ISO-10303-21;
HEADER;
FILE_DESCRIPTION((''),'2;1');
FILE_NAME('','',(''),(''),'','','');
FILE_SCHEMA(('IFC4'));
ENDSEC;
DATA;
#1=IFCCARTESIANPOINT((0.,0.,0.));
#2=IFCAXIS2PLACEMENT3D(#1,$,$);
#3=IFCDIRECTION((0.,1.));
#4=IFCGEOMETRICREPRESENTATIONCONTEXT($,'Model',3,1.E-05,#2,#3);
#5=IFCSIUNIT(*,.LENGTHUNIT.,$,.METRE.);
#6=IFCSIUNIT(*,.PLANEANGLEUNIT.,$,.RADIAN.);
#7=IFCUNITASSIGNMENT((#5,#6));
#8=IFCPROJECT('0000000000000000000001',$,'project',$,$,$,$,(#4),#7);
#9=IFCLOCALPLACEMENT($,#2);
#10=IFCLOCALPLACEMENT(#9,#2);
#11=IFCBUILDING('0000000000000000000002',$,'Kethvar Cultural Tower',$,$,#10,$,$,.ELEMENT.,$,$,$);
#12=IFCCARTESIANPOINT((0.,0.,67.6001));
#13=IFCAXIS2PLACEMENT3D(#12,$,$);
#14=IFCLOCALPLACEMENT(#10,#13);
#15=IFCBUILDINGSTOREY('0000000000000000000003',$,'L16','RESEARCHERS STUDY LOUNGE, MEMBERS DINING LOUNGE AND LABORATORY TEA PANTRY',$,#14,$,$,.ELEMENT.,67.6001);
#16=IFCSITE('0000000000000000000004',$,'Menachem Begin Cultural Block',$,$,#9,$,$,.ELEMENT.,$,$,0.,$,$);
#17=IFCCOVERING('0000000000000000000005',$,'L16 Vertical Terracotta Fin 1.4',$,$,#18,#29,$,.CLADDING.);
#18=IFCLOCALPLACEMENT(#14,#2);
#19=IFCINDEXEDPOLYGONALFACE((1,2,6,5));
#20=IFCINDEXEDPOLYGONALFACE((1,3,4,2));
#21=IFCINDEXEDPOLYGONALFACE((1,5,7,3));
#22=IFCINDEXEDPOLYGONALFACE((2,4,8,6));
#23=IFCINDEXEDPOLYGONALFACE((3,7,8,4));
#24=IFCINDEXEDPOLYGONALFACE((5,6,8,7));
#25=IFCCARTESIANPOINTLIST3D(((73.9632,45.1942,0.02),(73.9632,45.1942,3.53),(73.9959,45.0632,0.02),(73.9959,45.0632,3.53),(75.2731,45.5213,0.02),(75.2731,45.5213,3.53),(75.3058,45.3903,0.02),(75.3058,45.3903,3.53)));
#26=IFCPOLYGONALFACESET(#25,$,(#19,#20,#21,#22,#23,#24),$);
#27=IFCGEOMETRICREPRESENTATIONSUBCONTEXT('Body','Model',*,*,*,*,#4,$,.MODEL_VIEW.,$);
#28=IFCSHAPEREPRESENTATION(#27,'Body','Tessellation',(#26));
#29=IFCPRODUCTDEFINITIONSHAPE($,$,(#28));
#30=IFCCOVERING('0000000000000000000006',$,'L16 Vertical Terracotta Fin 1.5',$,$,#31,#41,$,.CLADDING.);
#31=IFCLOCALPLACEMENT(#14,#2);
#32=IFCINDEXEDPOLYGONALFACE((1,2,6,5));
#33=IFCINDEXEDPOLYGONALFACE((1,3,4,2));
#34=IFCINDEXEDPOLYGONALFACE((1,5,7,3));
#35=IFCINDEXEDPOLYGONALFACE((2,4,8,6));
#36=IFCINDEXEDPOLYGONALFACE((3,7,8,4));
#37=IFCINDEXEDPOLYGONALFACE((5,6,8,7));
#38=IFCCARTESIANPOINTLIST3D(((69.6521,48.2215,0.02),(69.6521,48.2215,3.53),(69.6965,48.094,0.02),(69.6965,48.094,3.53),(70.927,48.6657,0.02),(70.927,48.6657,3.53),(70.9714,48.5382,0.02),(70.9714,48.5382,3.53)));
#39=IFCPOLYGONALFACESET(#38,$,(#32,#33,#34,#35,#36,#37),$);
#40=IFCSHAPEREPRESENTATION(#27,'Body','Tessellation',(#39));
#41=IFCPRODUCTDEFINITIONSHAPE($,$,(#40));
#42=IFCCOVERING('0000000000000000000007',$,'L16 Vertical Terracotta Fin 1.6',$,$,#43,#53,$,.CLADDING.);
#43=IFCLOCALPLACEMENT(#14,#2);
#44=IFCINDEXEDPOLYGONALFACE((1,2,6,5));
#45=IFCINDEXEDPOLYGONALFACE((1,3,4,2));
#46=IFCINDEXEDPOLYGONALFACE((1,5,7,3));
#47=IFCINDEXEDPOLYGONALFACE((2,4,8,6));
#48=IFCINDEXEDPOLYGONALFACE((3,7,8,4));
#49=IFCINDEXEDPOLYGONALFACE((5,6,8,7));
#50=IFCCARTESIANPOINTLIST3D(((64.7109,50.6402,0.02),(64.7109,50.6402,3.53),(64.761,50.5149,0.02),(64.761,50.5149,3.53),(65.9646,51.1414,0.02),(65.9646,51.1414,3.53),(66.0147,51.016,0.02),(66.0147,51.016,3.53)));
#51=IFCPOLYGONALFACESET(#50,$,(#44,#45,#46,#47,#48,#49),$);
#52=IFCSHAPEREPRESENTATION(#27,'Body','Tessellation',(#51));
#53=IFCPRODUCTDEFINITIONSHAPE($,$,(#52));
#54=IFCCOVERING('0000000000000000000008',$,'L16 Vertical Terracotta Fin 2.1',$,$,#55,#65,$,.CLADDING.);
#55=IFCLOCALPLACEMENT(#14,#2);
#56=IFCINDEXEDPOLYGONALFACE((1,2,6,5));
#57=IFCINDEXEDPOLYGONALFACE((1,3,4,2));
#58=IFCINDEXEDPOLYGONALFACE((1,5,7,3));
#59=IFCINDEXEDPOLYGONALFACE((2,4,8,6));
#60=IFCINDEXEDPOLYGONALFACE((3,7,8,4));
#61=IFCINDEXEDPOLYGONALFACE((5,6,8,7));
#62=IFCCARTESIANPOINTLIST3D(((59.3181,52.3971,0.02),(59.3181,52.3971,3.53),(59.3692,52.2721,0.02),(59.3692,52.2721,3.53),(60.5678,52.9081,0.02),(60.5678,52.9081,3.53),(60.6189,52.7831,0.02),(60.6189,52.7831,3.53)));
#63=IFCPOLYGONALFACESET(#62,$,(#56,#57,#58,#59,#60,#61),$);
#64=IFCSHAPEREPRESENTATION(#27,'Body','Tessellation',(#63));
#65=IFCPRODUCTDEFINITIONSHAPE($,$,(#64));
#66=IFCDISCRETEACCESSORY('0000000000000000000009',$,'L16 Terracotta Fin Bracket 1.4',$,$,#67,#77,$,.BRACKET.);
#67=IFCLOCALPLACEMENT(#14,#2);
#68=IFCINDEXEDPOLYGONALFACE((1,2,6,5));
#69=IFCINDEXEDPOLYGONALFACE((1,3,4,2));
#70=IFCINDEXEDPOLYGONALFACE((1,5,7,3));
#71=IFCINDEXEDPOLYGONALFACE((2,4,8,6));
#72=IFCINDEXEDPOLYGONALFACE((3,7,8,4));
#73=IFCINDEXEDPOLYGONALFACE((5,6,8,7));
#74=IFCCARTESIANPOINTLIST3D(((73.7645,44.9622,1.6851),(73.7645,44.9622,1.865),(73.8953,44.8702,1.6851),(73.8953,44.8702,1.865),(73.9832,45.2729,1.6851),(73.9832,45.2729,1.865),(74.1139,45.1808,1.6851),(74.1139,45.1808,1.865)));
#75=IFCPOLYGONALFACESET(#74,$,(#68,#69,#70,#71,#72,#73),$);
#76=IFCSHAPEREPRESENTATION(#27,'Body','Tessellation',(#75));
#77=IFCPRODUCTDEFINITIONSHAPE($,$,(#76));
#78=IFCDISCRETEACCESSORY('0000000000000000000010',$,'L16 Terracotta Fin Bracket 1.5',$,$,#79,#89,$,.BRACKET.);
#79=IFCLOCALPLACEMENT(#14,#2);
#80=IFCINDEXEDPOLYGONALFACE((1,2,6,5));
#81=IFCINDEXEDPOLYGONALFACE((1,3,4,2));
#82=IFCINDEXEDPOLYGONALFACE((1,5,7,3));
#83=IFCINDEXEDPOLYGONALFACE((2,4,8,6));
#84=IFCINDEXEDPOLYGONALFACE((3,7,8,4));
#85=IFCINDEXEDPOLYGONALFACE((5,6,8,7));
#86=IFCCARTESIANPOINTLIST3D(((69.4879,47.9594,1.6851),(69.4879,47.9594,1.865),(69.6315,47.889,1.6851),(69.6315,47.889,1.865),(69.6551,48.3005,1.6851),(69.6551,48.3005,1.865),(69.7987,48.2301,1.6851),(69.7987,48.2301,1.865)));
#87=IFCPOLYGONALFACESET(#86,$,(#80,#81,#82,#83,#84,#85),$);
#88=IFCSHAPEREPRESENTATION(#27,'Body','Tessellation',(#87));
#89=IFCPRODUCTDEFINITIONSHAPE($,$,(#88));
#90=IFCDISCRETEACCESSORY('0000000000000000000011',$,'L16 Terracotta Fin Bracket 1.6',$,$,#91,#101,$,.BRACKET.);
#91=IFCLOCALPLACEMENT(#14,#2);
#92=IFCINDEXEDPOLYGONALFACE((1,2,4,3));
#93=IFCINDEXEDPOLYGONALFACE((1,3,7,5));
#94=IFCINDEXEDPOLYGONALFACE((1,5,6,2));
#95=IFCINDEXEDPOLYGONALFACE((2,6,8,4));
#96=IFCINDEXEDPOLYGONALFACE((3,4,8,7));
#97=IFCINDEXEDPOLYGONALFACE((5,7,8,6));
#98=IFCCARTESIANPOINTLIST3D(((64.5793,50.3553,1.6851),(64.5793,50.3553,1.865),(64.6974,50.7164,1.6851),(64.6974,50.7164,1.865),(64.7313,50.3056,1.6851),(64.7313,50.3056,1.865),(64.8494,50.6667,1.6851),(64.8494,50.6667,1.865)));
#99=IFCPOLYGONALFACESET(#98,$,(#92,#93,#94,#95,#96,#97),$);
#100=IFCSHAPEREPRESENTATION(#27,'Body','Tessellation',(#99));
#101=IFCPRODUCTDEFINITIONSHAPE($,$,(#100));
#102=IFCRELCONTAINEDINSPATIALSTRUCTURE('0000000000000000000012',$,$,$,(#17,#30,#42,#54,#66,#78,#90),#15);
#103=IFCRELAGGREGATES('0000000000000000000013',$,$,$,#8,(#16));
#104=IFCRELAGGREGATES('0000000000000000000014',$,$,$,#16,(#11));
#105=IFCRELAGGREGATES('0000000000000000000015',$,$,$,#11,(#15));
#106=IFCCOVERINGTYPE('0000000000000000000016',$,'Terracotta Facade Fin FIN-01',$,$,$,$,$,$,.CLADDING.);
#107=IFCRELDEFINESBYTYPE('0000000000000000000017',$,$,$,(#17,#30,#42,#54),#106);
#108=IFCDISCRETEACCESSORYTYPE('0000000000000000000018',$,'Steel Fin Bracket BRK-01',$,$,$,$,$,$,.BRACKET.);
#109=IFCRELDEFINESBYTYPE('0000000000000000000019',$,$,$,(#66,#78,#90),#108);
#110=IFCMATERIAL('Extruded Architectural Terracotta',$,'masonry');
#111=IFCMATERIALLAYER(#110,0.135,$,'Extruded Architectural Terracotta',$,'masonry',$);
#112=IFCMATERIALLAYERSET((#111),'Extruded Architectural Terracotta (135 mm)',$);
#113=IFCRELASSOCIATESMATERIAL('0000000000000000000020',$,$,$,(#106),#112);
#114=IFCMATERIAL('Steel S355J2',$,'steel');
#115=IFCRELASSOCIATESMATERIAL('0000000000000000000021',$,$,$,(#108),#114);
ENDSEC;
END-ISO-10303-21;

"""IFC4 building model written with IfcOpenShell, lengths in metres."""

from ifc_helpers import new_model, si_unit, direction, frame, origin, origin_2d, place, context, subcontext, project, spatial, rectangle, extrude, source, transform, mapped, material, layer, layer_set, type_object, element, save


model = new_model("IFC4")

# Units and contexts
model_context = context("Model", 3, precision=1e-05, world=origin(), true_north=direction((0.0, 1.0)))
body_context = subcontext(model_context, "Body", "Model", "MODEL_VIEW")
ifc_project = project(units=[si_unit("LENGTHUNIT", "METRE"), si_unit("PLANEANGLEUNIT", "RADIAN")], contexts=[model_context])

# Site, building, storey
site_placement = place(None, origin())
site = spatial("IfcSite", under=ifc_project, at=site_placement, Name="Menachem Begin Cultural Block", CompositionType="ELEMENT", RefElevation=0.0)
building_placement = place(site_placement, origin())
building = spatial("IfcBuilding", under=site, at=building_placement, Name="Kethvar Cultural Tower", CompositionType="ELEMENT")
storey_placement = place(building_placement, frame((0.0, 0.0, 67.6001)))
storey = spatial("IfcBuildingStorey", under=building, at=storey_placement, Name="L16", Description="RESEARCHERS STUDY LOUNGE, MEMBERS DINING LOUNGE AND LABORATORY TEA PANTRY", CompositionType="ELEMENT", Elevation=67.6001)

# Shared definitions
ifc_material_1 = material(Name="Steel S355J2", Category="steel")

# Coverings
ifc_material_2 = material(Name="Extruded Architectural Terracotta", Category="masonry")
ifc_layer_1 = layer(ifc_material_2, 0.135, Name="Extruded Architectural Terracotta", Category="masonry")
ifc_layer_set_1 = layer_set([ifc_layer_1], Name="Extruded Architectural Terracotta (135 mm)")
covering_type = type_object("IfcCoveringType", Name="Terracotta Facade Fin FIN-01", PredefinedType="CLADDING", material=ifc_layer_set_1)
shared_shape_1 = source(origin(), body_context, "Body", "SweptSolid", [
    extrude(rectangle(XDim=1.3501, YDim=0.135, at=origin_2d()), origin(), (0.0, 0.0, 1.0), 3.51),
])
for number, where, z_axis, x_axis, name in (
    (1, (74.6345, 45.2922, 0.02), (0.0, 0.0, 1.0), (0.970211, 0.242261, 0.0), "L16 Vertical Terracotta Fin 1.4"),
    (2, (70.3118, 48.3799, 0.02), (0.0, 0.0, 1.0), (0.944319, 0.329031, 0.0), "L16 Vertical Terracotta Fin 1.5"),
    (3, (65.3628, 50.8281, 0.02), (0.0, 0.0, 1.0), (0.928551, 0.371206, 0.0), "L16 Vertical Terracotta Fin 1.6"),
    (4, (59.9685, 52.5901, 0.02), (0.0, 0.0, 1.0), (0.925607, 0.378487, 0.0), "L16 Vertical Terracotta Fin 2.1"),
):
    element("IfcCovering", number, at=place(storey_placement, frame(where, z_axis=z_axis, x_axis=x_axis)), inside=storey, type_object=covering_type, Name=name, PredefinedType="CLADDING", context=body_context, shape_type="MappedRepresentation", body=[
        mapped(shared_shape_1, transform((0.0, 0.0, 0.0), scale=1.0)),
    ])

# Discrete accessories
discrete_accessory_type = type_object("IfcDiscreteAccessoryType", Name="Steel Fin Bracket BRK-01", PredefinedType="BRACKET", material=ifc_material_1)
shared_shape_2 = source(origin(), body_context, "Body", "SweptSolid", [
    extrude(rectangle(XDim=0.3799, YDim=0.1599, at=origin_2d()), origin(), (0.0, 0.0, 1.0), 0.1799),
])
for number, where, z_axis, x_axis, name in (
    (5, (73.9392, 45.0715, 1.6851), (0.0, 0.0, 1.0), (0.575576, 0.817748, 0.0), "L16 Terracotta Fin Bracket 1.4"),
    (6, (69.6433, 48.0947, 1.6851), (0.0, 0.0, 1.0), (0.440253, 0.897874, 0.0), "L16 Terracotta Fin Bracket 1.5"),
    (7, (64.7144, 50.511, 1.6851), (0.0, 0.0, 1.0), (0.310842, 0.950461, 0.0), "L16 Terracotta Fin Bracket 1.6"),
):
    element("IfcDiscreteAccessory", number, at=place(storey_placement, frame(where, z_axis=z_axis, x_axis=x_axis)), inside=storey, type_object=discrete_accessory_type, Name=name, PredefinedType="BRACKET", context=body_context, shape_type="MappedRepresentation", body=[
        mapped(shared_shape_2, transform((0.0, 0.0, 0.0), scale=1.0)),
    ])

save(model, "model.ifc")
